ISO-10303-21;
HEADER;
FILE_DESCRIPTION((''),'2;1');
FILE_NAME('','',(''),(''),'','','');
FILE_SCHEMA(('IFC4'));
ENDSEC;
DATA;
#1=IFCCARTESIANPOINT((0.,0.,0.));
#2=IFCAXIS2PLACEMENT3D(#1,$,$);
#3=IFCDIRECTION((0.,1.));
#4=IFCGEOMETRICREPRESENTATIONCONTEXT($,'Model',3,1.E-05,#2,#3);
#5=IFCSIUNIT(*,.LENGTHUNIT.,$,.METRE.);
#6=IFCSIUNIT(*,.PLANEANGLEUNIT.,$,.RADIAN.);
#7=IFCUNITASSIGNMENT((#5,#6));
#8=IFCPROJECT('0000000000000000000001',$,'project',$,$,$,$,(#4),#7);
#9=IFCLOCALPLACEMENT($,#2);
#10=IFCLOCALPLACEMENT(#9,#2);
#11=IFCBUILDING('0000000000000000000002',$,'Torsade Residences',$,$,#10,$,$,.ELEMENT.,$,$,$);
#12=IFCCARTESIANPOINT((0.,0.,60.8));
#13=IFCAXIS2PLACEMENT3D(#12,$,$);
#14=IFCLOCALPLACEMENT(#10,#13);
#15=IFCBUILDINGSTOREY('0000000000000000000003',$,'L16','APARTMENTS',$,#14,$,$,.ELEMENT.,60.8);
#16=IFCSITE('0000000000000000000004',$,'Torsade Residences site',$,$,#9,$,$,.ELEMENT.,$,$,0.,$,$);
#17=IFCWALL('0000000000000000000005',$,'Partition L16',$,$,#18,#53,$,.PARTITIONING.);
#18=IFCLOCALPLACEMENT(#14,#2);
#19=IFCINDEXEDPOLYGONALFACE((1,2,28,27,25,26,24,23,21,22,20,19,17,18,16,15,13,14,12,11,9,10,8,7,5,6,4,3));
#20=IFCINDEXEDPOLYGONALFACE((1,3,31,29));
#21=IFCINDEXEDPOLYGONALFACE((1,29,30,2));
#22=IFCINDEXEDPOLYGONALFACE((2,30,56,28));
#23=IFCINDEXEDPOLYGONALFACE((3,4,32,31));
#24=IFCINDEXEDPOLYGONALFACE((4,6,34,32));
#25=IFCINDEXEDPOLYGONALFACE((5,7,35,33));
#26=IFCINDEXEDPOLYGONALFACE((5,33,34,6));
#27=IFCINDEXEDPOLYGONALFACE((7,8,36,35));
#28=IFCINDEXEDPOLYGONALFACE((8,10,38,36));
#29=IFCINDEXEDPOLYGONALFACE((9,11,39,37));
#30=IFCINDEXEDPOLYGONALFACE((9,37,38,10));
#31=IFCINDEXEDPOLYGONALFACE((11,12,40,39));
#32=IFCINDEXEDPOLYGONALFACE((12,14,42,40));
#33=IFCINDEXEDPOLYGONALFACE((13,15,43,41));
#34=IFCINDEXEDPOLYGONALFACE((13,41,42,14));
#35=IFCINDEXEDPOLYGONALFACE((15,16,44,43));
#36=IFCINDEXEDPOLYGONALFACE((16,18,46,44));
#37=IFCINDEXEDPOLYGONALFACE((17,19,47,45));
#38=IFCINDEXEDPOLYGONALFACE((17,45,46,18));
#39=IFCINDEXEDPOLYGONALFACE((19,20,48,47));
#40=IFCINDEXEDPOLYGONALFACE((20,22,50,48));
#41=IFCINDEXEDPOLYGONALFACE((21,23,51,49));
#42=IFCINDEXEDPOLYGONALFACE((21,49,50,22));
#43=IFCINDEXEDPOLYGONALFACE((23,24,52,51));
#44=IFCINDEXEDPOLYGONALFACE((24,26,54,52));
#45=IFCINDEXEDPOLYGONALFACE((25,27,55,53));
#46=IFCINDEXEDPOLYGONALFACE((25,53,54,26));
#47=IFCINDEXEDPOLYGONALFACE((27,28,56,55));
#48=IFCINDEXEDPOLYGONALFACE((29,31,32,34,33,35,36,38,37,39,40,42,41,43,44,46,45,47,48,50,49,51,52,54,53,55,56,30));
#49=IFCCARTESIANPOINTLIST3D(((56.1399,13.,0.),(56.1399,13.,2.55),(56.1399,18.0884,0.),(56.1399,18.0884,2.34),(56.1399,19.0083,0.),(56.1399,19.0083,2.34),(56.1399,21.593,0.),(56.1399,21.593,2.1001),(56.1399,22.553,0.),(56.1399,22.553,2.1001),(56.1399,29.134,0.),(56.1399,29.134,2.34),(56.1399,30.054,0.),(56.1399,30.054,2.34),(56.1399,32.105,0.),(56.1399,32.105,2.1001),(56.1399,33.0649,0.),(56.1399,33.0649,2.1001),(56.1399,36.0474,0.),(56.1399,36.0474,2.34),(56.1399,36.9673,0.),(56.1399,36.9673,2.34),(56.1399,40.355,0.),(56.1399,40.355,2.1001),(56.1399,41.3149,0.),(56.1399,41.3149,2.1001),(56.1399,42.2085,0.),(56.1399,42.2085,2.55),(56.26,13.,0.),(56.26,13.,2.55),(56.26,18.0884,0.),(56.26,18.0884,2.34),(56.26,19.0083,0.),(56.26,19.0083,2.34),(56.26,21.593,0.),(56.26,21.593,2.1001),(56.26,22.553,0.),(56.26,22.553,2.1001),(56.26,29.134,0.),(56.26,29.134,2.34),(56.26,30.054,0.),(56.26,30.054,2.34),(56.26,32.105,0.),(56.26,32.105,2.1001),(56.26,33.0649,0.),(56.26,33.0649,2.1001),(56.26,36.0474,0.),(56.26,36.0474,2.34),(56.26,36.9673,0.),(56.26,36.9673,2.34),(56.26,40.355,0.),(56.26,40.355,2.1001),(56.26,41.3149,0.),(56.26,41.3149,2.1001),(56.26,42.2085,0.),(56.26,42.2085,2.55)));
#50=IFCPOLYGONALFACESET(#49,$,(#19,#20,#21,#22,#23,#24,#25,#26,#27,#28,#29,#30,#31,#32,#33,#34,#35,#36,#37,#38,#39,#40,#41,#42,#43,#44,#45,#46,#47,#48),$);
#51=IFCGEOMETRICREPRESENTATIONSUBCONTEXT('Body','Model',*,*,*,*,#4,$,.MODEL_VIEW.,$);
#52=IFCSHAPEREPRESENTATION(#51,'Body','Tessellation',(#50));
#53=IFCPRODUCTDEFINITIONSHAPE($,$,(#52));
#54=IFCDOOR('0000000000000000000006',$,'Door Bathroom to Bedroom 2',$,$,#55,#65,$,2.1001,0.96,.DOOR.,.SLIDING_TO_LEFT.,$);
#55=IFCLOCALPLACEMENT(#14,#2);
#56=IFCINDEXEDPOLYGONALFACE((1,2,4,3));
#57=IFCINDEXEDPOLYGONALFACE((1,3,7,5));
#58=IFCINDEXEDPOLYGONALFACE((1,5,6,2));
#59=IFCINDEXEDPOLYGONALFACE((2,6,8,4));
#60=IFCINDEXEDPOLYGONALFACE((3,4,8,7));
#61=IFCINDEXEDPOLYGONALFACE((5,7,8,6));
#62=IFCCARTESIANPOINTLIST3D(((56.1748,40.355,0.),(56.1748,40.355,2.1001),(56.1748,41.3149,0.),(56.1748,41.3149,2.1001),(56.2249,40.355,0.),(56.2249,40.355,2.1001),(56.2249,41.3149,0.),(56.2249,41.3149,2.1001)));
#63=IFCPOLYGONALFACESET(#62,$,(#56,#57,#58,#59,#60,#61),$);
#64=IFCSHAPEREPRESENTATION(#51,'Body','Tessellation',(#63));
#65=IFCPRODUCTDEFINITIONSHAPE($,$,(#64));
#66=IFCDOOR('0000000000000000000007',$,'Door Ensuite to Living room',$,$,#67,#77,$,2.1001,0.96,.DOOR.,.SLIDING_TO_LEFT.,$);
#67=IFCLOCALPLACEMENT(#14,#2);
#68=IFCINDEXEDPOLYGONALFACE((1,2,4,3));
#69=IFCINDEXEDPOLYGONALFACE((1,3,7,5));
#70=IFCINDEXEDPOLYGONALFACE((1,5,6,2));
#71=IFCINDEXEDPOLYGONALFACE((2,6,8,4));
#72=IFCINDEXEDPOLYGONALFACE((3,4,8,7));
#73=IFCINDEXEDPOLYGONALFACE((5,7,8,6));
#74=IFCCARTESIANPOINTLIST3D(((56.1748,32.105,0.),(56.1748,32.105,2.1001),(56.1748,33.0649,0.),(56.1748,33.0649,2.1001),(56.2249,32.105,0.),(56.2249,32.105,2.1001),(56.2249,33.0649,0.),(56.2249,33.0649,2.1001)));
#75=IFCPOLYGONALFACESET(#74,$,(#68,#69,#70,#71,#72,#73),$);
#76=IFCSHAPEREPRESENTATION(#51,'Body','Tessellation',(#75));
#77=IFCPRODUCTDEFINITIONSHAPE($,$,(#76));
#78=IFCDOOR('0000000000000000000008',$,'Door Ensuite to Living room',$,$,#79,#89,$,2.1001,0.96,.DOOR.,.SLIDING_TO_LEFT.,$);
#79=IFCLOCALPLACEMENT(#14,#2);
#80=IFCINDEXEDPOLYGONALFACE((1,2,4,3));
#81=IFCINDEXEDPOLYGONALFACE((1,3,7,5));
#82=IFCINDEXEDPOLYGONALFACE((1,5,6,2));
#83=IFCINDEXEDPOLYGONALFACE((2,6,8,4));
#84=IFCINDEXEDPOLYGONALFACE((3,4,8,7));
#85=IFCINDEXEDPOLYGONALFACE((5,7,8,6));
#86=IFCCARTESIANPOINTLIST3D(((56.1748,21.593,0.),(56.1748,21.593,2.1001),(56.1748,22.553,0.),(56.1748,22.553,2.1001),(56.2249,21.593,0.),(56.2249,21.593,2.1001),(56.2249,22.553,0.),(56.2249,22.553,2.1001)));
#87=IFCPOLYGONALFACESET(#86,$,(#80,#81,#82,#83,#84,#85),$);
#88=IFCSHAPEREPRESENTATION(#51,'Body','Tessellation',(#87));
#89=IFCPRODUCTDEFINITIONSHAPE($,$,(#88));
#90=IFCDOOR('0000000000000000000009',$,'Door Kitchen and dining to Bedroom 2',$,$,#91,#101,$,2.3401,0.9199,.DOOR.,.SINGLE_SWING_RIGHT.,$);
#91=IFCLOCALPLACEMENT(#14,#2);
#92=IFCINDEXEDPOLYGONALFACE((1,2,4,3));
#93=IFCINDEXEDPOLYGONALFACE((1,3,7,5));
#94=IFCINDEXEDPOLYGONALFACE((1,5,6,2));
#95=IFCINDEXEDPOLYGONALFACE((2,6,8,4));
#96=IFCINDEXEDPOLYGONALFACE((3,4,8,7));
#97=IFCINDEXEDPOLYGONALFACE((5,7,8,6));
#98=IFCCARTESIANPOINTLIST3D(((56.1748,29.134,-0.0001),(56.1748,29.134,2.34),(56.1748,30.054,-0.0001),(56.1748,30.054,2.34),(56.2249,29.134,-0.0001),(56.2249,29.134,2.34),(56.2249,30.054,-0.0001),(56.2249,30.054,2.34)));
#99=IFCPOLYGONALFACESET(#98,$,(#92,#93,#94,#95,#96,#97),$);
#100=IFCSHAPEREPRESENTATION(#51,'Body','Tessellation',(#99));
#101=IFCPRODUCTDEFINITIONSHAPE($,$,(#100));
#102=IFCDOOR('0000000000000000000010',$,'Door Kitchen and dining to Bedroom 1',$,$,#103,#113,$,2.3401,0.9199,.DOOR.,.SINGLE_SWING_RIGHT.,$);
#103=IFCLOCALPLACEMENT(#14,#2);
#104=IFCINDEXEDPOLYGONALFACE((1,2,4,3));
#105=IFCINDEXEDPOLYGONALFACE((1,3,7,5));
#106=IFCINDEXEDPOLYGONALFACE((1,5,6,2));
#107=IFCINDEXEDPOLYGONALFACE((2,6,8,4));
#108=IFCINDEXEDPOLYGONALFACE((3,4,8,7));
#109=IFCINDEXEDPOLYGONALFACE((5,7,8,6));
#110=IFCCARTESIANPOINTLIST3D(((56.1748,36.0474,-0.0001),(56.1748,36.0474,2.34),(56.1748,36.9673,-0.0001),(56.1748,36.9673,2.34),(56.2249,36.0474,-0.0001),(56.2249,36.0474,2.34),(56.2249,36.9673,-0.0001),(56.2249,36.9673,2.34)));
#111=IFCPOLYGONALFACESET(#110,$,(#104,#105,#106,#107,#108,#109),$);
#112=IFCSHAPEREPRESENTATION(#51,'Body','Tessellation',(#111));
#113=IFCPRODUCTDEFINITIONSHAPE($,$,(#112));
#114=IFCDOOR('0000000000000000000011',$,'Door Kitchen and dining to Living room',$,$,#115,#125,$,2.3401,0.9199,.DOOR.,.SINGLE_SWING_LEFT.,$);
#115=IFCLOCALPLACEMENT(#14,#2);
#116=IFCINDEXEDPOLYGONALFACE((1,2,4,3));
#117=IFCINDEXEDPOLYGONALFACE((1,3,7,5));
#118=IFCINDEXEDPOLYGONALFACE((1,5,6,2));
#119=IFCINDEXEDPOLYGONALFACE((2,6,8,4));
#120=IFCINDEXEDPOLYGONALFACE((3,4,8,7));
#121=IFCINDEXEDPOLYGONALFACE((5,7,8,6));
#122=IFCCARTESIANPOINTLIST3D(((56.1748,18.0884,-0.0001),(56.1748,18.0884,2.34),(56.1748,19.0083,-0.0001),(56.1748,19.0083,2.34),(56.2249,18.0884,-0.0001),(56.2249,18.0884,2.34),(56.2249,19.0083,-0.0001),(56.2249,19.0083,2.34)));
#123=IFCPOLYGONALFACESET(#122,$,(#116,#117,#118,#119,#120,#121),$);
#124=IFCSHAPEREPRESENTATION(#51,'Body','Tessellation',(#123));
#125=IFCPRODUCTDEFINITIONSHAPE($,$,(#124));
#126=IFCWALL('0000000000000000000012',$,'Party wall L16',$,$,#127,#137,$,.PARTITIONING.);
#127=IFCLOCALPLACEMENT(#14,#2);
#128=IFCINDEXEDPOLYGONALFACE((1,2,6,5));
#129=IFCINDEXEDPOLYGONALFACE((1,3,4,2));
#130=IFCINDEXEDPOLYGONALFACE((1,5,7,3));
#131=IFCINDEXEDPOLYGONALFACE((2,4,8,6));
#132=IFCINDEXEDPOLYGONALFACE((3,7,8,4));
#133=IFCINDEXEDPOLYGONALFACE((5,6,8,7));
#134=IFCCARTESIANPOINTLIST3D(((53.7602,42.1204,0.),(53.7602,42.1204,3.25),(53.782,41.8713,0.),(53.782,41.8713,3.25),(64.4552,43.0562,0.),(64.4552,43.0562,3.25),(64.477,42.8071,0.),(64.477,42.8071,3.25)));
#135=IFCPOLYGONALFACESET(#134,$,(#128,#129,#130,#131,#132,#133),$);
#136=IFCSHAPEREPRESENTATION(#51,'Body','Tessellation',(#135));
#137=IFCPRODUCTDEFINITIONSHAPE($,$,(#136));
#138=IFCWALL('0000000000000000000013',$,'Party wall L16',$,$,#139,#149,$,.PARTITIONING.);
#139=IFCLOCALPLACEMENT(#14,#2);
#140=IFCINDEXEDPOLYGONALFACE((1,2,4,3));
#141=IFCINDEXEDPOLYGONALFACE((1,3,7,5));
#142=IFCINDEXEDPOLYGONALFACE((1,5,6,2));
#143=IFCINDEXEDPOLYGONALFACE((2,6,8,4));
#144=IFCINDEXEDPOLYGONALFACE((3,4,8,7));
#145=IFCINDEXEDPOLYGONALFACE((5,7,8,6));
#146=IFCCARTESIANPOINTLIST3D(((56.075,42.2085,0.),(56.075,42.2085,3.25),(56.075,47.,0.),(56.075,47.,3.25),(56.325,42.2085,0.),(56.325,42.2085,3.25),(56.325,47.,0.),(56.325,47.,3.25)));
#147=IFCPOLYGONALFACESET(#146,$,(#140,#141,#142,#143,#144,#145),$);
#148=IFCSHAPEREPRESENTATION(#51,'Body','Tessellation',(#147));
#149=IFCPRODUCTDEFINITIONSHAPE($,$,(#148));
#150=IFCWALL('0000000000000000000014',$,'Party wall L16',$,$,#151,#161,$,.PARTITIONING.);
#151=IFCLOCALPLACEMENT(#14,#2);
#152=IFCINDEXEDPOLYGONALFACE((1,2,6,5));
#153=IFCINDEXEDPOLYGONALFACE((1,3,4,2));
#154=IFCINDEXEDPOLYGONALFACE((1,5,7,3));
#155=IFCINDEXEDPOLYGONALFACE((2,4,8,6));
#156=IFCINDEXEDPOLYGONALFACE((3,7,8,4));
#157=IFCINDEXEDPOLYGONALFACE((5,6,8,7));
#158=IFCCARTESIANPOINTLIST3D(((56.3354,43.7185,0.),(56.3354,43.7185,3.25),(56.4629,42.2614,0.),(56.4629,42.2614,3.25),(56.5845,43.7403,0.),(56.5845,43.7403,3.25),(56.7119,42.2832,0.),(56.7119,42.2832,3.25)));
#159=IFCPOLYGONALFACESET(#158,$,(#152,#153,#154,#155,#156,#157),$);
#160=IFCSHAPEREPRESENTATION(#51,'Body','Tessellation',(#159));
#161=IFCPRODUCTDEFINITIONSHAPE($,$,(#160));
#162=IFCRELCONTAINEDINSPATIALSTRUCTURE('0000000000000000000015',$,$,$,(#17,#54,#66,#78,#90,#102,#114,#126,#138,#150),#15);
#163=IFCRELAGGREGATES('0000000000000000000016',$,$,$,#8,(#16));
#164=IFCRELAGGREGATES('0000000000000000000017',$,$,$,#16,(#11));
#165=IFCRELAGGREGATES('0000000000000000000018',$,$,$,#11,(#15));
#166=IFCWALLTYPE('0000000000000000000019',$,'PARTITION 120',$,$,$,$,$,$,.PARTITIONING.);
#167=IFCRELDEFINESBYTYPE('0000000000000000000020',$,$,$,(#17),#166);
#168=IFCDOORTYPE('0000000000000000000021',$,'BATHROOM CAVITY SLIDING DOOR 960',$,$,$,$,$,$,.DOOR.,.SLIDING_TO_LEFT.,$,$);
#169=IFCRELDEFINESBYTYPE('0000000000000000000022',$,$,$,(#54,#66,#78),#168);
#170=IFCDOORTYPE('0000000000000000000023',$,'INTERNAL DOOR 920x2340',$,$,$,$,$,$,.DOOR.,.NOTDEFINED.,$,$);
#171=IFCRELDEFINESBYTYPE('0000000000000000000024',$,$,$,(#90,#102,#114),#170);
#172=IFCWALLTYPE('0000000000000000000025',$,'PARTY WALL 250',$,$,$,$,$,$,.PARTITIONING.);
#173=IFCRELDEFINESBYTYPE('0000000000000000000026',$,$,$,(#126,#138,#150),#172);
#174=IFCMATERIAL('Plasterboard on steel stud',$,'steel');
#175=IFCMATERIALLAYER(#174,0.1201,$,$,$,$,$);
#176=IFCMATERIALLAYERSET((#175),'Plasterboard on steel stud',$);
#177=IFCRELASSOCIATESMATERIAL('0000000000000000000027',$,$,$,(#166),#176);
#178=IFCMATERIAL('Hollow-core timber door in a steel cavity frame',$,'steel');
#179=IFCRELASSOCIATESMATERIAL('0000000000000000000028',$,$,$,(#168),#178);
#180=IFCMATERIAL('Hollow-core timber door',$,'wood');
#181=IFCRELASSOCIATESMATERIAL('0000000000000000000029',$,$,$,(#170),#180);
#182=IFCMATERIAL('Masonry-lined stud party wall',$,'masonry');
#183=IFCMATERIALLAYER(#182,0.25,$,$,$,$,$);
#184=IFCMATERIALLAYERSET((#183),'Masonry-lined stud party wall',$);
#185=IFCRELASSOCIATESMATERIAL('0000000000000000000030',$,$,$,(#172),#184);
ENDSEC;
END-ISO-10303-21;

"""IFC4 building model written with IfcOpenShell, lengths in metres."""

from ifc_helpers import new_model, si_unit, direction, frame, frame_2d, origin, place, context, subcontext, project, spatial, rectangle, extrude, material, layer, layer_set, type_object, element, fill, save


model = new_model("IFC4")

# Units and contexts
model_context = context("Model", 3, precision=1e-05, world=origin(), true_north=direction((0.0, 1.0)))
body_context = subcontext(model_context, "Body", "Model", "MODEL_VIEW")
ifc_project = project(units=[si_unit("LENGTHUNIT", "METRE"), si_unit("PLANEANGLEUNIT", "RADIAN")], contexts=[model_context])

# Site, building, storey
site_placement = place(None, origin())
site = spatial("IfcSite", under=ifc_project, at=site_placement, Name="Torsade Residences site", CompositionType="ELEMENT", RefElevation=0.0)
building_placement = place(site_placement, origin())
building = spatial("IfcBuilding", under=site, at=building_placement, Name="Torsade Residences", CompositionType="ELEMENT")
storey_placement = place(building_placement, frame((0.0, 0.0, 60.8)))
storey = spatial("IfcBuildingStorey", under=building, at=storey_placement, Name="L16", Description="APARTMENTS", CompositionType="ELEMENT", Elevation=60.8)

# Wall, openings, doors
ifc_material_1 = material(Name="Plasterboard on steel stud", Category="steel")
ifc_layer_1 = layer(ifc_material_1, 0.1201)
ifc_layer_set_1 = layer_set([ifc_layer_1], Name="Plasterboard on steel stud")
wall_type_1 = type_object("IfcWallType", Name="PARTITION 120", PredefinedType="PARTITIONING", material=ifc_layer_set_1)
wall_1_placement = place(storey_placement, frame((56.2, 42.2085, 0.0), z_axis=(0.0, 0.0, 1.0), x_axis=(0.0, -1.0, 0.0)))
wall_1 = element("IfcWall", 1, at=wall_1_placement, inside=storey, type_object=wall_type_1, Name="Partition L16", PredefinedType="PARTITIONING", context=body_context, shape_type="SweptSolid", body=[
    extrude(rectangle(XDim=29.2085, YDim=0.1201, at=frame_2d((14.6042, 0.0))), origin(), (0.0, 0.0, 1.0), 2.55),
])
opening_1_placement = place(wall_1_placement, frame((12.1545, 0.0, 0.0)))
opening_1 = element("IfcOpeningElement", 2, at=opening_1_placement, cuts=wall_1, PredefinedType="OPENING", context=body_context, shape_type="SweptSolid", body=[
    extrude(rectangle(XDim=0.9199, YDim=2.3401, at=frame_2d((0.46, 1.1699))), frame((0.0, 0.0701, 0.0), z_axis=(0.0, -1.0, 0.0), x_axis=(1.0, 0.0, 0.0)), (0.0, 0.0, 1.0), 0.1401),
])
opening_2_placement = place(wall_1_placement, frame((5.2412, 0.0, 0.0)))
opening_2 = element("IfcOpeningElement", 3, at=opening_2_placement, cuts=wall_1, PredefinedType="OPENING", context=body_context, shape_type="SweptSolid", body=[
    extrude(rectangle(XDim=0.9199, YDim=2.3401, at=frame_2d((0.46, 1.1699))), frame((0.0, 0.0701, 0.0), z_axis=(0.0, -1.0, 0.0), x_axis=(1.0, 0.0, 0.0)), (0.0, 0.0, 1.0), 0.1401),
])
opening_3_placement = place(wall_1_placement, frame((23.2002, 0.0, 0.0)))
opening_3 = element("IfcOpeningElement", 4, at=opening_3_placement, cuts=wall_1, PredefinedType="OPENING", context=body_context, shape_type="SweptSolid", body=[
    extrude(rectangle(XDim=0.9199, YDim=2.3401, at=frame_2d((0.46, 1.1699))), frame((0.0, 0.0701, 0.0), z_axis=(0.0, -1.0, 0.0), x_axis=(1.0, 0.0, 0.0)), (0.0, 0.0, 1.0), 0.1401),
])
opening_4_placement = place(wall_1_placement, frame((0.8936, 0.0, 0.0)))
opening_4 = element("IfcOpeningElement", 5, at=opening_4_placement, cuts=wall_1, PredefinedType="OPENING", context=body_context, shape_type="SweptSolid", body=[
    extrude(rectangle(XDim=0.96, YDim=2.1001, at=frame_2d((0.48, 1.05))), frame((0.0, 0.0701, 0.0), z_axis=(0.0, -1.0, 0.0), x_axis=(1.0, 0.0, 0.0)), (0.0, 0.0, 1.0), 0.1401),
])
opening_5_placement = place(wall_1_placement, frame((9.1436, 0.0, 0.0)))
opening_5 = element("IfcOpeningElement", 6, at=opening_5_placement, cuts=wall_1, PredefinedType="OPENING", context=body_context, shape_type="SweptSolid", body=[
    extrude(rectangle(XDim=0.96, YDim=2.1001, at=frame_2d((0.48, 1.05))), frame((0.0, 0.0701, 0.0), z_axis=(0.0, -1.0, 0.0), x_axis=(1.0, 0.0, 0.0)), (0.0, 0.0, 1.0), 0.1401),
])
opening_6_placement = place(wall_1_placement, frame((19.6555, 0.0, 0.0)))
opening_6 = element("IfcOpeningElement", 7, at=opening_6_placement, cuts=wall_1, PredefinedType="OPENING", context=body_context, shape_type="SweptSolid", body=[
    extrude(rectangle(XDim=0.96, YDim=2.1001, at=frame_2d((0.48, 1.05))), frame((0.0, 0.0701, 0.0), z_axis=(0.0, -1.0, 0.0), x_axis=(1.0, 0.0, 0.0)), (0.0, 0.0, 1.0), 0.1401),
])
ifc_material_2 = material(Name="Hollow-core timber door in a steel cavity frame", Category="steel")
door_type_1 = type_object("IfcDoorType", Name="BATHROOM CAVITY SLIDING DOOR 960", OperationType="SLIDING_TO_LEFT", PredefinedType="DOOR", material=ifc_material_2)
door_1_placement = place(opening_4_placement, origin())
door_1 = element("IfcDoor", 8, at=door_1_placement, inside=storey, type_object=door_type_1, Name="Door Bathroom to Bedroom 2", OperationType="SLIDING_TO_LEFT", OverallHeight=2.1001, OverallWidth=0.96, PredefinedType="DOOR", context=body_context, shape_type="SweptSolid", body=[
    extrude(rectangle(XDim=0.96, YDim=2.1001, at=frame_2d((0.48, 1.05))), frame((0.0, 0.0249, 0.0), z_axis=(0.0, -1.0, 0.0), x_axis=(1.0, 0.0, 0.0)), (0.0, 0.0, 1.0), 0.05),
])
fill(opening_4, door_1)
door_2_placement = place(opening_5_placement, origin())
door_2 = element("IfcDoor", 9, at=door_2_placement, inside=storey, type_object=door_type_1, Name="Door Ensuite to Living room", OperationType="SLIDING_TO_LEFT", OverallHeight=2.1001, OverallWidth=0.96, PredefinedType="DOOR", context=body_context, shape_type="SweptSolid", body=[
    extrude(rectangle(XDim=0.96, YDim=2.1001, at=frame_2d((0.48, 1.05))), frame((0.0, 0.0249, 0.0), z_axis=(0.0, -1.0, 0.0), x_axis=(1.0, 0.0, 0.0)), (0.0, 0.0, 1.0), 0.05),
])
fill(opening_5, door_2)
door_3_placement = place(opening_6_placement, origin())
door_3 = element("IfcDoor", 10, at=door_3_placement, inside=storey, type_object=door_type_1, Name="Door Ensuite to Living room", OperationType="SLIDING_TO_LEFT", OverallHeight=2.1001, OverallWidth=0.96, PredefinedType="DOOR", context=body_context, shape_type="SweptSolid", body=[
    extrude(rectangle(XDim=0.96, YDim=2.1001, at=frame_2d((0.48, 1.05))), frame((0.0, 0.0249, 0.0), z_axis=(0.0, -1.0, 0.0), x_axis=(1.0, 0.0, 0.0)), (0.0, 0.0, 1.0), 0.05),
])
fill(opening_6, door_3)
ifc_material_3 = material(Name="Hollow-core timber door", Category="wood")
door_type_2 = type_object("IfcDoorType", Name="INTERNAL DOOR 920x2340", OperationType="NOTDEFINED", PredefinedType="DOOR", material=ifc_material_3)
door_4_placement = place(opening_1_placement, origin())
door_4 = element("IfcDoor", 11, at=door_4_placement, inside=storey, type_object=door_type_2, Name="Door Kitchen and dining to Bedroom 2", OperationType="SINGLE_SWING_RIGHT", OverallHeight=2.3401, OverallWidth=0.9199, PredefinedType="DOOR", context=body_context, shape_type="SweptSolid", body=[
    extrude(rectangle(XDim=0.9199, YDim=2.3401, at=frame_2d((0.46, 1.1699))), frame((0.0, 0.0249, 0.0), z_axis=(0.0, -1.0, 0.0), x_axis=(1.0, 0.0, 0.0)), (0.0, 0.0, 1.0), 0.05),
])
fill(opening_1, door_4)
door_5_placement = place(opening_2_placement, origin())
door_5 = element("IfcDoor", 12, at=door_5_placement, inside=storey, type_object=door_type_2, Name="Door Kitchen and dining to Bedroom 1", OperationType="SINGLE_SWING_RIGHT", OverallHeight=2.3401, OverallWidth=0.9199, PredefinedType="DOOR", context=body_context, shape_type="SweptSolid", body=[
    extrude(rectangle(XDim=0.9199, YDim=2.3401, at=frame_2d((0.46, 1.1699))), frame((0.0, 0.0249, 0.0), z_axis=(0.0, -1.0, 0.0), x_axis=(1.0, 0.0, 0.0)), (0.0, 0.0, 1.0), 0.05),
])
fill(opening_2, door_5)
door_6_placement = place(opening_3_placement, origin())
door_6 = element("IfcDoor", 13, at=door_6_placement, inside=storey, type_object=door_type_2, Name="Door Kitchen and dining to Living room", OperationType="SINGLE_SWING_LEFT", OverallHeight=2.3401, OverallWidth=0.9199, PredefinedType="DOOR", context=body_context, shape_type="SweptSolid", body=[
    extrude(rectangle(XDim=0.9199, YDim=2.3401, at=frame_2d((0.46, 1.1699))), frame((0.0, 0.0249, 0.0), z_axis=(0.0, -1.0, 0.0), x_axis=(1.0, 0.0, 0.0)), (0.0, 0.0, 1.0), 0.05),
])
fill(opening_3, door_6)

# Walls
ifc_material_4 = material(Name="Masonry-lined stud party wall", Category="masonry")
ifc_layer_2 = layer(ifc_material_4, 0.25)
ifc_layer_set_2 = layer_set([ifc_layer_2], Name="Masonry-lined stud party wall")
wall_type_2 = type_object("IfcWallType", Name="PARTY WALL 250", PredefinedType="PARTITIONING", material=ifc_layer_set_2)
wall_2_placement = place(storey_placement, frame((64.4661, 42.9316, 0.0), z_axis=(0.0, 0.0, 1.0), x_axis=(-0.996194, -0.087164, 0.0)))
element("IfcWall", 14, at=wall_2_placement, inside=storey, type_object=wall_type_2, Name="Party wall L16", PredefinedType="PARTITIONING", context=body_context, shape_type="SweptSolid", body=[
    extrude(rectangle(XDim=10.7358, YDim=0.25, at=frame_2d((5.3679, 0.0))), origin(), (0.0, 0.0, 1.0), 3.25),
])
wall_3_placement = place(storey_placement, frame((56.2, 42.2085, 0.0), z_axis=(0.0, 0.0, 1.0), x_axis=(0.0, 1.0, 0.0)))
element("IfcWall", 15, at=wall_3_placement, inside=storey, type_object=wall_type_2, Name="Party wall L16", PredefinedType="PARTITIONING", context=body_context, shape_type="SweptSolid", body=[
    extrude(rectangle(XDim=4.7915, YDim=0.25, at=frame_2d((2.3958, 0.0))), origin(), (0.0, 0.0, 1.0), 3.25),
])
wall_4_placement = place(storey_placement, frame((56.46, 43.7295, 0.0), z_axis=(0.0, 0.0, 1.0), x_axis=(0.087134, -0.996197, 0.0)))
element("IfcWall", 16, at=wall_4_placement, inside=storey, type_object=wall_type_2, Name="Party wall L16", PredefinedType="PARTITIONING", context=body_context, shape_type="SweptSolid", body=[
    extrude(rectangle(XDim=1.4626, YDim=0.25, at=frame_2d((0.7314, 0.0))), origin(), (0.0, 0.0, 1.0), 3.25),
])

save(model, "model.ifc")
